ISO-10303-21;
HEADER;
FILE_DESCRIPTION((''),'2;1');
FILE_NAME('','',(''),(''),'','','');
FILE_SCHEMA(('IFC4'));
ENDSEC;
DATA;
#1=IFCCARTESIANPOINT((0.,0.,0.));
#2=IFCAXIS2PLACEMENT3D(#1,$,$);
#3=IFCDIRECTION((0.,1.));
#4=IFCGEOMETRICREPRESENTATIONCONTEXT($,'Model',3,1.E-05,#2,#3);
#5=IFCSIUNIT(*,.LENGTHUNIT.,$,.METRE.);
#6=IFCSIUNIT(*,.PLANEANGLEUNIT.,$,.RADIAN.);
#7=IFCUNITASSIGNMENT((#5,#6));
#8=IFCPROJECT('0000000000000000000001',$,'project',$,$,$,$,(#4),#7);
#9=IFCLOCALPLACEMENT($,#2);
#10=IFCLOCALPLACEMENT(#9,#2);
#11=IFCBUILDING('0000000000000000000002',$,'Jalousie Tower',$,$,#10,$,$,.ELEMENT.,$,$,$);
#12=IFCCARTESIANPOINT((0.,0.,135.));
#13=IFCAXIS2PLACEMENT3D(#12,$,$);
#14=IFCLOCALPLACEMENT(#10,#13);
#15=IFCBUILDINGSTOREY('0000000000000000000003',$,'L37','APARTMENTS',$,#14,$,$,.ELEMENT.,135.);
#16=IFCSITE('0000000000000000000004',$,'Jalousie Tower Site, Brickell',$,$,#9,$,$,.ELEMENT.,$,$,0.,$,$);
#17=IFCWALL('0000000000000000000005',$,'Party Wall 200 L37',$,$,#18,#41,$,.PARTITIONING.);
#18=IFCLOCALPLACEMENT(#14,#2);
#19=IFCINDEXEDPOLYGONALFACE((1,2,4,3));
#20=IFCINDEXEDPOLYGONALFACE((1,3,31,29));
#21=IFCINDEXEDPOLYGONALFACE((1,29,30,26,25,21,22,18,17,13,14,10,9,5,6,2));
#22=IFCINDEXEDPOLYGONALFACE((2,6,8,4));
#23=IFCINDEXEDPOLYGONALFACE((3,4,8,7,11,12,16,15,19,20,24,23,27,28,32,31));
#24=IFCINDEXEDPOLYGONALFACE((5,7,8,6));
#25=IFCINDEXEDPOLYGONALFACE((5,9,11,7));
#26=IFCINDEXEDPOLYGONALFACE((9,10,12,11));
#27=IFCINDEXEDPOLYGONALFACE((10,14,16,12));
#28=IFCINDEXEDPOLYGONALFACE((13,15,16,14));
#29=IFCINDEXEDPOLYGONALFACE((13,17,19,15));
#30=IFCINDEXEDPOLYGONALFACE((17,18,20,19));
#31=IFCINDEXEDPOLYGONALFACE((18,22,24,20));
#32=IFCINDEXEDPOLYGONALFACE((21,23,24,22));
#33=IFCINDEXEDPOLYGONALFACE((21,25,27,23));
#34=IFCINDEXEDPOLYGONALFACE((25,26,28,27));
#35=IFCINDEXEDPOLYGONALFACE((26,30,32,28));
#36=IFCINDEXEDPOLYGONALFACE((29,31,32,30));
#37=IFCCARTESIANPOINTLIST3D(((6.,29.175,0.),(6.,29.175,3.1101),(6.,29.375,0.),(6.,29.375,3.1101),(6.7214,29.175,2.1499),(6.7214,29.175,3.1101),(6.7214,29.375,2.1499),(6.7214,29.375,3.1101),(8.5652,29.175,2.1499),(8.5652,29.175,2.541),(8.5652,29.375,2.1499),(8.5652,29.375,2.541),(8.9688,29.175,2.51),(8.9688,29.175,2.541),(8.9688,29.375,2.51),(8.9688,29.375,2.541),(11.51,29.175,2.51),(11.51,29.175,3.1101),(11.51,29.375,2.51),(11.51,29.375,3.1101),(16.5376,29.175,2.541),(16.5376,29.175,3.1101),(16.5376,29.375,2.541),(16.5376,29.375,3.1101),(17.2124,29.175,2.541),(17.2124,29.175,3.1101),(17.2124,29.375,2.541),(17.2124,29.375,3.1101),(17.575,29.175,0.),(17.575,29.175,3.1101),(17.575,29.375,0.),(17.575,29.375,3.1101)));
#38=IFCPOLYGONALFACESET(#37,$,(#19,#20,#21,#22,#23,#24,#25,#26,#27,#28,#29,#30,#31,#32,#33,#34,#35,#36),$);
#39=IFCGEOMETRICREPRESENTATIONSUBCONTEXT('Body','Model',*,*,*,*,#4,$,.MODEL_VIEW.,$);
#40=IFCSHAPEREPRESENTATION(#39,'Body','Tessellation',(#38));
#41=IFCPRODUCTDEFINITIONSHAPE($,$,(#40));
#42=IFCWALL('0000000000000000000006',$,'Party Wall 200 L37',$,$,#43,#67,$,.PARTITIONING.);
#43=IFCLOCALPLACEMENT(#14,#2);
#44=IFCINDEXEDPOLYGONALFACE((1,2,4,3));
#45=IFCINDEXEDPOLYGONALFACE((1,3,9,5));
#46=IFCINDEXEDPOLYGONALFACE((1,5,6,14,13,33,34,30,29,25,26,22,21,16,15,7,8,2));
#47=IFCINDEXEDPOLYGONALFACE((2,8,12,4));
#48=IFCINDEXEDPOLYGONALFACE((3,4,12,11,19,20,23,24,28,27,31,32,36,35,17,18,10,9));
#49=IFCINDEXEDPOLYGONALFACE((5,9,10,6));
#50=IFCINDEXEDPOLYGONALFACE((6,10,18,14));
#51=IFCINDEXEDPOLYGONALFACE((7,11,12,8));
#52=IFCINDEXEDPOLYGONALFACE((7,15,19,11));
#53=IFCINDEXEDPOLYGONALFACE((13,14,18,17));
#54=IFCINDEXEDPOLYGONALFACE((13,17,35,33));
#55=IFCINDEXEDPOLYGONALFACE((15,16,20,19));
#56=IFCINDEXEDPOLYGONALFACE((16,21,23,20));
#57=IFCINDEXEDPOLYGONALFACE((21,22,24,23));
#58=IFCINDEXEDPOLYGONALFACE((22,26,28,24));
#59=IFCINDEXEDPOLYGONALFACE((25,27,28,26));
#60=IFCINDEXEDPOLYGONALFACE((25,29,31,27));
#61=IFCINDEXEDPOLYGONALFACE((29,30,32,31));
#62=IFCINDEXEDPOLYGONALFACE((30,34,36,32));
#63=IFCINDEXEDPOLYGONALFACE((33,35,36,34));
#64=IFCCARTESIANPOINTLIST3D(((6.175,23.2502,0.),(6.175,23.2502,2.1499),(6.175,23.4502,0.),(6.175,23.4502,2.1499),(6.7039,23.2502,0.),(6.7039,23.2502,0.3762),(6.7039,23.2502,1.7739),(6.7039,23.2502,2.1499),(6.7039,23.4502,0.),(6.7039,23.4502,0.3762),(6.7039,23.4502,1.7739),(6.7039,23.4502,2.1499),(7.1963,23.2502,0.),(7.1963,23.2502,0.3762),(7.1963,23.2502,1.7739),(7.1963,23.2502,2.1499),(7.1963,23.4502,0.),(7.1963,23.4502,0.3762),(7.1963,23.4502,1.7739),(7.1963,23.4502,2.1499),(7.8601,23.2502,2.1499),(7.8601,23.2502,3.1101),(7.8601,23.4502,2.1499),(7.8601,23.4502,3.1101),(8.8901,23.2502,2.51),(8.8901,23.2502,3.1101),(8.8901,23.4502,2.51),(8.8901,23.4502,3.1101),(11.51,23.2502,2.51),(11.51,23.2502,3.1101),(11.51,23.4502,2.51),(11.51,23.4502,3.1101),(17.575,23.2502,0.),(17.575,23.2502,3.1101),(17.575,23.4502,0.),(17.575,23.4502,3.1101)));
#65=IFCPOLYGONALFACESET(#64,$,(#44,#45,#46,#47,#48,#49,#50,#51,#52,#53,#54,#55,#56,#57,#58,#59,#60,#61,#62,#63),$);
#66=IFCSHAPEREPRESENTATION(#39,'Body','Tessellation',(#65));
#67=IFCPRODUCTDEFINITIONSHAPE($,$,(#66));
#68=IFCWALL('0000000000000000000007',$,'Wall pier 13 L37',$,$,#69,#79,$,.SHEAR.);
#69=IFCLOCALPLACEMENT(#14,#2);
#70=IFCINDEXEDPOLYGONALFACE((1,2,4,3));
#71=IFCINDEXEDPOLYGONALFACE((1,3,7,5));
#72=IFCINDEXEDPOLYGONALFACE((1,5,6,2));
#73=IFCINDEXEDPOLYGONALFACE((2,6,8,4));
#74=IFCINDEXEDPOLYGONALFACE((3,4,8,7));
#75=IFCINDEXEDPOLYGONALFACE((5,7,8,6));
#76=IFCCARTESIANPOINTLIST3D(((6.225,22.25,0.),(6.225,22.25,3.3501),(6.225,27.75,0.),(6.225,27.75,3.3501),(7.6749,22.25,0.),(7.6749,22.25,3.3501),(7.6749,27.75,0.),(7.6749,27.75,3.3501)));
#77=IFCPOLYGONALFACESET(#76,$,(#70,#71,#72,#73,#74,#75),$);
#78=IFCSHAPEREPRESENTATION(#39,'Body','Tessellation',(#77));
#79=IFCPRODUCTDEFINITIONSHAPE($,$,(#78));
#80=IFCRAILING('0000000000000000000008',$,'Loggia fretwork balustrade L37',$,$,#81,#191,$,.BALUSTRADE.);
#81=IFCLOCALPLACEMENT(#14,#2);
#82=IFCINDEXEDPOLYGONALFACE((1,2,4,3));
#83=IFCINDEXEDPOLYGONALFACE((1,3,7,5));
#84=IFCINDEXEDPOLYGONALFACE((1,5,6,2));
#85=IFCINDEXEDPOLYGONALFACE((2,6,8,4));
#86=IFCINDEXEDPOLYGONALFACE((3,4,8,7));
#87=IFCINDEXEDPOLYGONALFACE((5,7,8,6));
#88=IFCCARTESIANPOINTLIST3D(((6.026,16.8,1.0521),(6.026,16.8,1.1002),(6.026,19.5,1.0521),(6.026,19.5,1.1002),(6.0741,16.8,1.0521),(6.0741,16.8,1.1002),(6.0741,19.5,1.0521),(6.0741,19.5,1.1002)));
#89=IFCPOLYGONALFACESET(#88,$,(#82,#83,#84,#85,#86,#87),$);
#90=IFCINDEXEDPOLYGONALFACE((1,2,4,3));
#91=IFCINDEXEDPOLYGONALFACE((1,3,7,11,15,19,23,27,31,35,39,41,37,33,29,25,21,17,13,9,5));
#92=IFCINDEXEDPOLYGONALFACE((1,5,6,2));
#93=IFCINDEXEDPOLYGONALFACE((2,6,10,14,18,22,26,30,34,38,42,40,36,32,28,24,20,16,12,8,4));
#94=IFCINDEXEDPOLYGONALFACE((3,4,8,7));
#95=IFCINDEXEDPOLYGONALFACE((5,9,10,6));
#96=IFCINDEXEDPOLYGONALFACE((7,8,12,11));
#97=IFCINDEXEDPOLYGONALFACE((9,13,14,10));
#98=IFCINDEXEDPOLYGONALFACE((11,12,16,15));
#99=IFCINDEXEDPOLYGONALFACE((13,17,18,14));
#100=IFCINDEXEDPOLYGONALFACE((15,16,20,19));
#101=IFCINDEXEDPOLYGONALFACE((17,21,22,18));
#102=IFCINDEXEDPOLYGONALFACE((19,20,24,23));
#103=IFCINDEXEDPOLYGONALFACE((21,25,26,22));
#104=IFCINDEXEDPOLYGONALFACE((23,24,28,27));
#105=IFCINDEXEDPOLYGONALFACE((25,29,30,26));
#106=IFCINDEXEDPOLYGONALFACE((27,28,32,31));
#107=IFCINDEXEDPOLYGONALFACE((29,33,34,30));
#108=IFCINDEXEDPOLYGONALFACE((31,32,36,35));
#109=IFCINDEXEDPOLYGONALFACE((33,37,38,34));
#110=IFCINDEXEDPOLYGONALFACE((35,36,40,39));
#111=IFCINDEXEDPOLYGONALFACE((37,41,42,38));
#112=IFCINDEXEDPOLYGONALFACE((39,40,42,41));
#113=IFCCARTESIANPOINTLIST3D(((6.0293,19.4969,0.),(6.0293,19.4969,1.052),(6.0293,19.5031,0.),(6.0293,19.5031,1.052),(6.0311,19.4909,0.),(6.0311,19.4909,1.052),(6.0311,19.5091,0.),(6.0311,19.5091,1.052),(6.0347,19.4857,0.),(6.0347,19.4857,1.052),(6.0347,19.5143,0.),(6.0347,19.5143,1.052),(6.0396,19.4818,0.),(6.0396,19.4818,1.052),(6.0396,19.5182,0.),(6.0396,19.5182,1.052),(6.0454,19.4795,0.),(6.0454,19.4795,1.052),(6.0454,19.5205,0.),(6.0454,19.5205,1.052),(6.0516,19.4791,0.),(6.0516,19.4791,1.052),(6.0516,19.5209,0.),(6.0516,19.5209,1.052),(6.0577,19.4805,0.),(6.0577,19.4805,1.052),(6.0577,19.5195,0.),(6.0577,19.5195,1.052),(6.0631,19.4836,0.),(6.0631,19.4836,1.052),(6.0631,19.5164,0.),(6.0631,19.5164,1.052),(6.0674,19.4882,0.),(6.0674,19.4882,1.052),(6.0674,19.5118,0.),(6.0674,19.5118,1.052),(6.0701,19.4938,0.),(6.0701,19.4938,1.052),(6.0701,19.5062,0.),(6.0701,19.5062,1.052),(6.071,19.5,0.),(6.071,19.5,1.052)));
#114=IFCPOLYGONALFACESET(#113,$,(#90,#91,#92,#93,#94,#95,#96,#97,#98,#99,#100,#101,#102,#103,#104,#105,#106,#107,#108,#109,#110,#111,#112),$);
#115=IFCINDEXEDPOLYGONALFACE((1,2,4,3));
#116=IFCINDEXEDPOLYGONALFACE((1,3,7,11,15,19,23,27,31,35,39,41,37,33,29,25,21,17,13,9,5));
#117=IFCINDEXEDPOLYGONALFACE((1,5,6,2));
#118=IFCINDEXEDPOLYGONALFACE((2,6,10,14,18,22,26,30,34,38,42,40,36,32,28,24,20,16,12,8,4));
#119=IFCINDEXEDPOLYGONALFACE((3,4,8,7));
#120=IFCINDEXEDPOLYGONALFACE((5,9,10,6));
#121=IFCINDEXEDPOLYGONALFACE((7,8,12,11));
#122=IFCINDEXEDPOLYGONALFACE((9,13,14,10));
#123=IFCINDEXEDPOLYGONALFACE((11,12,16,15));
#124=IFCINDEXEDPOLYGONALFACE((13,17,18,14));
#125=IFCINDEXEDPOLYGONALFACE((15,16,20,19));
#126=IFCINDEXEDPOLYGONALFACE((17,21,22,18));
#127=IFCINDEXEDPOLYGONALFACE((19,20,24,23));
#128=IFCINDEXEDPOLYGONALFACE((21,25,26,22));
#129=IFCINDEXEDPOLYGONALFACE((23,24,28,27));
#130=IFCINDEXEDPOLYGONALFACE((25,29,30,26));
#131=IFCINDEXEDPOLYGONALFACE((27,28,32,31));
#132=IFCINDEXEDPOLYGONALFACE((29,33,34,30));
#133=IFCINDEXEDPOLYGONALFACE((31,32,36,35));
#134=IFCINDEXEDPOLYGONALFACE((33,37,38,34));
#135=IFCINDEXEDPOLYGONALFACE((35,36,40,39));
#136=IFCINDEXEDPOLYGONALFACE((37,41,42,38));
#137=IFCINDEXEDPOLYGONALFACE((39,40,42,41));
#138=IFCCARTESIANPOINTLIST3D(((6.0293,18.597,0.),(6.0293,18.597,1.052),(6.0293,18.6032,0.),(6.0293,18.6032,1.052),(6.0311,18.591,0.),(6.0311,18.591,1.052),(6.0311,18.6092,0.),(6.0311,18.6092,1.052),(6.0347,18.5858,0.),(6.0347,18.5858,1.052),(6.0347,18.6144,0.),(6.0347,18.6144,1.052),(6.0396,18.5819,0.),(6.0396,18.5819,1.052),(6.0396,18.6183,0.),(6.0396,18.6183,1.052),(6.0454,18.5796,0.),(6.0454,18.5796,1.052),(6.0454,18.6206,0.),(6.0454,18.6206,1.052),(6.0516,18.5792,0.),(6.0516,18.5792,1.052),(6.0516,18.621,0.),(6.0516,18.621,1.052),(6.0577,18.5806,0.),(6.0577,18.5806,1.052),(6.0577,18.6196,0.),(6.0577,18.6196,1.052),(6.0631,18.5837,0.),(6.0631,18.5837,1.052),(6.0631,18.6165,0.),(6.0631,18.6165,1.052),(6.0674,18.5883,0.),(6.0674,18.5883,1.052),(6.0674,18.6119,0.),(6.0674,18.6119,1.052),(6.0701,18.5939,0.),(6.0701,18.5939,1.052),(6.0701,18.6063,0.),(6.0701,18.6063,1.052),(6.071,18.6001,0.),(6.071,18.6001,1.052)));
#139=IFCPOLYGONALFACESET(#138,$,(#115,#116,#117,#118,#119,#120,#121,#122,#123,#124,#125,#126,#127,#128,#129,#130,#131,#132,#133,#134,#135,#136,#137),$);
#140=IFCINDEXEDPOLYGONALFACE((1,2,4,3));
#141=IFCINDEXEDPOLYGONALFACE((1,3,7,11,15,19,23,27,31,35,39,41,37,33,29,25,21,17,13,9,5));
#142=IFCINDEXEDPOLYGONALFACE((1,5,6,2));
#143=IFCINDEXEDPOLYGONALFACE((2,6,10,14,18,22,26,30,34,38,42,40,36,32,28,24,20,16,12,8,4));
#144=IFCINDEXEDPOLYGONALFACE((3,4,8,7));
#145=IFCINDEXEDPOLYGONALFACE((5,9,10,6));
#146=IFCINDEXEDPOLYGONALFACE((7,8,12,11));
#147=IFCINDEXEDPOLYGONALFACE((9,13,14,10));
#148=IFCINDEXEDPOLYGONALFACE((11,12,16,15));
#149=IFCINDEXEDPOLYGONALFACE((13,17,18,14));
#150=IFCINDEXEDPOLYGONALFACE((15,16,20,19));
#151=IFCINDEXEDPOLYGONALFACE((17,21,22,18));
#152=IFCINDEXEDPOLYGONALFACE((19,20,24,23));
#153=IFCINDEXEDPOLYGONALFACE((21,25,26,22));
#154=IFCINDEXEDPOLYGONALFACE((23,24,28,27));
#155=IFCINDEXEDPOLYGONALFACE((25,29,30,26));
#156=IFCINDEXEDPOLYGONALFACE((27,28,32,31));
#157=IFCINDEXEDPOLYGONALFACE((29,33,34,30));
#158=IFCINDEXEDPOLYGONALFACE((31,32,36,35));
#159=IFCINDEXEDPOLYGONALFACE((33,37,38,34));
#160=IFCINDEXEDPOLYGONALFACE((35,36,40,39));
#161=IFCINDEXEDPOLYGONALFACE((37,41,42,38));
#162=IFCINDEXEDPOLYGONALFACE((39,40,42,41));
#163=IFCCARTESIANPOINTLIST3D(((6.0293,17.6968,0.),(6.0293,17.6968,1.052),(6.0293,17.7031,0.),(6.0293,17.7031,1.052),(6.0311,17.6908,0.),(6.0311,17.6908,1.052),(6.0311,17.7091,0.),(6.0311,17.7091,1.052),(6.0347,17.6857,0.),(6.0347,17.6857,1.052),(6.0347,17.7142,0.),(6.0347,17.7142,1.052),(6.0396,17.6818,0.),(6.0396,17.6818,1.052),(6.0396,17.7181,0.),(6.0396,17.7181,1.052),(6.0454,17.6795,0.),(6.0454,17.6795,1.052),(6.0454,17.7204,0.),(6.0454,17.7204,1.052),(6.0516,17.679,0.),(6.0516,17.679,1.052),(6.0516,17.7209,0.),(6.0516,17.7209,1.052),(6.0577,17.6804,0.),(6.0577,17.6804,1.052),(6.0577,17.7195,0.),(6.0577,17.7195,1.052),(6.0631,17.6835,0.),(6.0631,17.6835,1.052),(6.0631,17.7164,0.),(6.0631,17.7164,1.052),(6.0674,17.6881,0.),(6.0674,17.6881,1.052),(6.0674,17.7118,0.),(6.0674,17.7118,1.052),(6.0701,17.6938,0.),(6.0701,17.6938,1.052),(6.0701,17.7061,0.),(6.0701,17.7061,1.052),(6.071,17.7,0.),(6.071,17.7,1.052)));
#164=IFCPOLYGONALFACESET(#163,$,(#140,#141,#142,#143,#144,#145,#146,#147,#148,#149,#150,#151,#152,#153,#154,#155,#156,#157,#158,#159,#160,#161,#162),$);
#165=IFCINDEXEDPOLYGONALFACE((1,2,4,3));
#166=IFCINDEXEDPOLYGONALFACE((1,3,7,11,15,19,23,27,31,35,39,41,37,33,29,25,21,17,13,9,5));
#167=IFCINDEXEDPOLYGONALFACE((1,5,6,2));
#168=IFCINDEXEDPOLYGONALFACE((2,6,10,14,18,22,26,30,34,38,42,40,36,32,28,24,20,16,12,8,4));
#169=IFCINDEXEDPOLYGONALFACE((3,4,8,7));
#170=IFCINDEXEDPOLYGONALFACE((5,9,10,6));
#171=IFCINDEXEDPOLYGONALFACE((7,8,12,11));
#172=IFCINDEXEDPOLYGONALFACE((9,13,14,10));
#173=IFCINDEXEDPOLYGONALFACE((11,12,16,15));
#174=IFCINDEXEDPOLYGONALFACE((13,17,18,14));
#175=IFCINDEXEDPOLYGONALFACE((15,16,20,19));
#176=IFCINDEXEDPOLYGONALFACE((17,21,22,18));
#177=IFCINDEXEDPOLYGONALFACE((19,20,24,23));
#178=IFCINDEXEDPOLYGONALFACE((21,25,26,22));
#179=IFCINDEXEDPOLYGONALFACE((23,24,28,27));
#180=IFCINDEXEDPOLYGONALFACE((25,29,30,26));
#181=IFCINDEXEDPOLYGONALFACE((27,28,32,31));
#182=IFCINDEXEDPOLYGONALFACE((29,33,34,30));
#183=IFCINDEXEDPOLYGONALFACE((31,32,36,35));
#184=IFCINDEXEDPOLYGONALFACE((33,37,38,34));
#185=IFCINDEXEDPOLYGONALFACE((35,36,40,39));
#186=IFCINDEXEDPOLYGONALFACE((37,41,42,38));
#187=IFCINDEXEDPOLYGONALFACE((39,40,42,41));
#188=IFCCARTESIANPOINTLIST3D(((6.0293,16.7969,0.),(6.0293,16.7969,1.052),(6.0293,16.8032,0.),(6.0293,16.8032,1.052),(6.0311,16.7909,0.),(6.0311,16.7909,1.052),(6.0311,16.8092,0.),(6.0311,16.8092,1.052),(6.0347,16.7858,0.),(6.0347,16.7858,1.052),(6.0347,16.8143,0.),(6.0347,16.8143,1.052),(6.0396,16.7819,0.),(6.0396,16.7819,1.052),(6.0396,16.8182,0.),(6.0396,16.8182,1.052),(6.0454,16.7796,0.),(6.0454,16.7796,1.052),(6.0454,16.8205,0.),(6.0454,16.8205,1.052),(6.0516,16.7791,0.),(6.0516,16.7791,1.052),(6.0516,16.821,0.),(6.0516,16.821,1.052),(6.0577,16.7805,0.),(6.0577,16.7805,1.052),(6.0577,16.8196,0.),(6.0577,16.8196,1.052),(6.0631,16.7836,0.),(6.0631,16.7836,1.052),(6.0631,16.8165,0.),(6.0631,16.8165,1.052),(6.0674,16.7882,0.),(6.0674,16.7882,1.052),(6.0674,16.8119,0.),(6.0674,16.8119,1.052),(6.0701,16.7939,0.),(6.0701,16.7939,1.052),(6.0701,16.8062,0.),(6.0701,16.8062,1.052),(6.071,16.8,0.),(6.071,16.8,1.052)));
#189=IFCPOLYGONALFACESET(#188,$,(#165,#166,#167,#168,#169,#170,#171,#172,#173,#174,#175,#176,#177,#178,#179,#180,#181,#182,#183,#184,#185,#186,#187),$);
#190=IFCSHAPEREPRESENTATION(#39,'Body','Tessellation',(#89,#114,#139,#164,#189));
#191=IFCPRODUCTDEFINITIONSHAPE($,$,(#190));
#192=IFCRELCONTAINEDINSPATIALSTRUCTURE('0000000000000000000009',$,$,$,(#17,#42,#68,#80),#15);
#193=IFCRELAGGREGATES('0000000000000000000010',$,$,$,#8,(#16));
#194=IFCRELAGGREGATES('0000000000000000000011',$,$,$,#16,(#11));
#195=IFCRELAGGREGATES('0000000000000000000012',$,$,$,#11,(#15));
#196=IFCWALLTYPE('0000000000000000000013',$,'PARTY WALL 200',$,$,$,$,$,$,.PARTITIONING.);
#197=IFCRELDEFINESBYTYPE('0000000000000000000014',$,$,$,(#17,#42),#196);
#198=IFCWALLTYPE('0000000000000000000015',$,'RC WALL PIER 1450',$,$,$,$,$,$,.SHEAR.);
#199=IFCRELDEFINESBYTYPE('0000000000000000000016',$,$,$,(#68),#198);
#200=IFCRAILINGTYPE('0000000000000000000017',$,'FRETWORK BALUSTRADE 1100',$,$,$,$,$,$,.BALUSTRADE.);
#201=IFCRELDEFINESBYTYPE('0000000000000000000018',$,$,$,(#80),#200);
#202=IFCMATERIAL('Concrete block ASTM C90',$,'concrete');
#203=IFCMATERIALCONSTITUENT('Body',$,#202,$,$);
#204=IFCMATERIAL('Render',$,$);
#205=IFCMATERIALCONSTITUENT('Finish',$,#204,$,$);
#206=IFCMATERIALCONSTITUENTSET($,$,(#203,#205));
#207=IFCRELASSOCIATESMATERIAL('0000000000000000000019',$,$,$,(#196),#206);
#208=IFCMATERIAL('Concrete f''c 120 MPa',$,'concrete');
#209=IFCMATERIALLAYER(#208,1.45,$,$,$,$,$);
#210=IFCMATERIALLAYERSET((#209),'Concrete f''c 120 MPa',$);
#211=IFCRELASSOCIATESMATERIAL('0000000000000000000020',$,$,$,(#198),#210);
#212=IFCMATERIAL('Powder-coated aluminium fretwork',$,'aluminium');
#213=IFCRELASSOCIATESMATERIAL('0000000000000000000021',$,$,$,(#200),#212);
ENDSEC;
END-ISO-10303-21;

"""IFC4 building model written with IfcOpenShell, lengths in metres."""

from ifc_helpers import new_model, si_unit, direction, frame, frame_2d, origin, origin_2d, place, context, subcontext, project, spatial, polyline, rectangle, circle, outline, extrude, material, layer, layer_set, constituent, constituent_set, type_object, element, save


model = new_model("IFC4")

# Units and contexts
model_context = context("Model", 3, precision=1e-05, world=origin(), true_north=direction((0.0, 1.0)))
body_context = subcontext(model_context, "Body", "Model", "MODEL_VIEW")
ifc_project = project(units=[si_unit("LENGTHUNIT", "METRE"), si_unit("PLANEANGLEUNIT", "RADIAN")], contexts=[model_context])

# Site, building, storey
site_placement = place(None, origin())
site = spatial("IfcSite", under=ifc_project, at=site_placement, Name="Jalousie Tower Site, Brickell", CompositionType="ELEMENT", RefElevation=0.0)
building_placement = place(site_placement, origin())
building = spatial("IfcBuilding", under=site, at=building_placement, Name="Jalousie Tower", CompositionType="ELEMENT")
storey_placement = place(building_placement, frame((0.0, 0.0, 135.0)))
storey = spatial("IfcBuildingStorey", under=building, at=storey_placement, Name="L37", Description="APARTMENTS", CompositionType="ELEMENT", Elevation=135.0)

# Walls
ifc_material_1 = material(Name="Concrete block ASTM C90", Category="concrete")
ifc_constituent_1 = constituent(ifc_material_1, Name="Body")
ifc_material_2 = material(Name="Render")
ifc_constituent_2 = constituent(ifc_material_2, Name="Finish")
ifc_constituent_set_1 = constituent_set(constituents=[ifc_constituent_1, ifc_constituent_2])
wall_type_1 = type_object("IfcWallType", Name="PARTY WALL 200", PredefinedType="PARTITIONING", material=ifc_constituent_set_1)
wall_1_placement = place(storey_placement, frame((6.0, 29.2749, 0.0), z_axis=(0.0, 0.0, 1.0), x_axis=(1.0, 0.0, 0.0)))
element("IfcWall", 1, at=wall_1_placement, inside=storey, type_object=wall_type_1, Name="Party Wall 200 L37", PredefinedType="PARTITIONING", context=body_context, shape_type="SweptSolid", body=[
    extrude(outline(polyline([(0.0, 0.0), (11.575, 0.0), (11.575, 3.1101), (11.2124, 3.1101), (11.2124, 2.541), (10.5376, 2.541), (10.5376, 3.1101), (5.51, 3.1101), (5.51, 2.51), (2.9688, 2.51), (2.9688, 2.541), (2.5652, 2.541), (2.5652, 2.1499), (0.7214, 2.1499), (0.7214, 3.1101), (0.0, 3.1101), (0.0, 0.0)])), frame((0.0, 0.1001, 0.0), z_axis=(0.0, -1.0, 0.0), x_axis=(1.0, 0.0, 0.0)), (0.0, 0.0, 1.0), 0.2),
])
wall_2_placement = place(storey_placement, frame((6.175, 23.3501, 0.0), z_axis=(0.0, 0.0, 1.0), x_axis=(1.0, 0.0, 0.0)))
element("IfcWall", 2, at=wall_2_placement, inside=storey, type_object=wall_type_1, Name="Party Wall 200 L37", PredefinedType="PARTITIONING", context=body_context, shape_type="SweptSolid", body=[
    extrude(outline(polyline([(0.5288, 2.1499), (0.0, 2.1499), (0.0, 0.0), (0.5288, 0.0), (0.5288, 0.3762), (1.0212, 0.3762), (1.0212, 0.0), (11.3999, 0.0), (11.3999, 3.1101), (5.335, 3.1101), (5.335, 2.51), (2.7151, 2.51), (2.7151, 3.1101), (1.6851, 3.1101), (1.6851, 2.1499), (1.0212, 2.1499), (1.0212, 1.7739), (0.5288, 1.7739), (0.5288, 2.1499)])), frame((0.0, 0.1001, 0.0), z_axis=(0.0, -1.0, 0.0), x_axis=(1.0, 0.0, 0.0)), (0.0, 0.0, 1.0), 0.2),
])
ifc_material_3 = material(Name="Concrete f'c 120 MPa", Category="concrete")
ifc_layer_1 = layer(ifc_material_3, 1.45)
ifc_layer_set_1 = layer_set([ifc_layer_1], Name="Concrete f'c 120 MPa")
wall_type_2 = type_object("IfcWallType", Name="RC WALL PIER 1450", PredefinedType="SHEAR", material=ifc_layer_set_1)
wall_3_placement = place(storey_placement, frame((6.95, 22.25, 0.0), z_axis=(0.0, 0.0, 1.0), x_axis=(0.0, 1.0, 0.0)))
element("IfcWall", 3, at=wall_3_placement, inside=storey, type_object=wall_type_2, Name="Wall pier 13 L37", PredefinedType="SHEAR", context=body_context, shape_type="SweptSolid", body=[
    extrude(rectangle(XDim=5.5, YDim=1.45, at=frame_2d((2.75, 0.0))), origin(), (0.0, 0.0, 1.0), 3.3501),
])

# Railing
ifc_material_4 = material(Name="Powder-coated aluminium fretwork", Category="aluminium")
railing_type = type_object("IfcRailingType", Name="FRETWORK BALUSTRADE 1100", PredefinedType="BALUSTRADE", material=ifc_material_4)
railing_placement = place(storey_placement, frame((6.05, 19.5, 0.0)))
element("IfcRailing", 4, at=railing_placement, inside=storey, type_object=railing_type, Name="Loggia fretwork balustrade L37", PredefinedType="BALUSTRADE", context=body_context, shape_type="SweptSolid", body=[
    extrude(rectangle(XDim=0.0481, YDim=0.0481, at=origin_2d()), frame((0.0, 0.0, 1.0762), z_axis=(0.0, -1.0, 0.0), x_axis=(1.0, 0.0, 0.0)), (0.0, 0.0, 1.0), 2.7),
    extrude(circle(Radius=0.021, at=origin_2d()), origin(), (0.0, 0.0, 1.0), 1.052),
    extrude(circle(Radius=0.021, at=origin_2d()), frame((0.0, -0.8999, 0.0)), (0.0, 0.0, 1.0), 1.052),
    extrude(circle(Radius=0.021, at=origin_2d()), frame((0.0, -1.8, 0.0)), (0.0, 0.0, 1.0), 1.052),
    extrude(circle(Radius=0.021, at=origin_2d()), frame((0.0, -2.7, 0.0)), (0.0, 0.0, 1.0), 1.052),
])

save(model, "model.ifc")
